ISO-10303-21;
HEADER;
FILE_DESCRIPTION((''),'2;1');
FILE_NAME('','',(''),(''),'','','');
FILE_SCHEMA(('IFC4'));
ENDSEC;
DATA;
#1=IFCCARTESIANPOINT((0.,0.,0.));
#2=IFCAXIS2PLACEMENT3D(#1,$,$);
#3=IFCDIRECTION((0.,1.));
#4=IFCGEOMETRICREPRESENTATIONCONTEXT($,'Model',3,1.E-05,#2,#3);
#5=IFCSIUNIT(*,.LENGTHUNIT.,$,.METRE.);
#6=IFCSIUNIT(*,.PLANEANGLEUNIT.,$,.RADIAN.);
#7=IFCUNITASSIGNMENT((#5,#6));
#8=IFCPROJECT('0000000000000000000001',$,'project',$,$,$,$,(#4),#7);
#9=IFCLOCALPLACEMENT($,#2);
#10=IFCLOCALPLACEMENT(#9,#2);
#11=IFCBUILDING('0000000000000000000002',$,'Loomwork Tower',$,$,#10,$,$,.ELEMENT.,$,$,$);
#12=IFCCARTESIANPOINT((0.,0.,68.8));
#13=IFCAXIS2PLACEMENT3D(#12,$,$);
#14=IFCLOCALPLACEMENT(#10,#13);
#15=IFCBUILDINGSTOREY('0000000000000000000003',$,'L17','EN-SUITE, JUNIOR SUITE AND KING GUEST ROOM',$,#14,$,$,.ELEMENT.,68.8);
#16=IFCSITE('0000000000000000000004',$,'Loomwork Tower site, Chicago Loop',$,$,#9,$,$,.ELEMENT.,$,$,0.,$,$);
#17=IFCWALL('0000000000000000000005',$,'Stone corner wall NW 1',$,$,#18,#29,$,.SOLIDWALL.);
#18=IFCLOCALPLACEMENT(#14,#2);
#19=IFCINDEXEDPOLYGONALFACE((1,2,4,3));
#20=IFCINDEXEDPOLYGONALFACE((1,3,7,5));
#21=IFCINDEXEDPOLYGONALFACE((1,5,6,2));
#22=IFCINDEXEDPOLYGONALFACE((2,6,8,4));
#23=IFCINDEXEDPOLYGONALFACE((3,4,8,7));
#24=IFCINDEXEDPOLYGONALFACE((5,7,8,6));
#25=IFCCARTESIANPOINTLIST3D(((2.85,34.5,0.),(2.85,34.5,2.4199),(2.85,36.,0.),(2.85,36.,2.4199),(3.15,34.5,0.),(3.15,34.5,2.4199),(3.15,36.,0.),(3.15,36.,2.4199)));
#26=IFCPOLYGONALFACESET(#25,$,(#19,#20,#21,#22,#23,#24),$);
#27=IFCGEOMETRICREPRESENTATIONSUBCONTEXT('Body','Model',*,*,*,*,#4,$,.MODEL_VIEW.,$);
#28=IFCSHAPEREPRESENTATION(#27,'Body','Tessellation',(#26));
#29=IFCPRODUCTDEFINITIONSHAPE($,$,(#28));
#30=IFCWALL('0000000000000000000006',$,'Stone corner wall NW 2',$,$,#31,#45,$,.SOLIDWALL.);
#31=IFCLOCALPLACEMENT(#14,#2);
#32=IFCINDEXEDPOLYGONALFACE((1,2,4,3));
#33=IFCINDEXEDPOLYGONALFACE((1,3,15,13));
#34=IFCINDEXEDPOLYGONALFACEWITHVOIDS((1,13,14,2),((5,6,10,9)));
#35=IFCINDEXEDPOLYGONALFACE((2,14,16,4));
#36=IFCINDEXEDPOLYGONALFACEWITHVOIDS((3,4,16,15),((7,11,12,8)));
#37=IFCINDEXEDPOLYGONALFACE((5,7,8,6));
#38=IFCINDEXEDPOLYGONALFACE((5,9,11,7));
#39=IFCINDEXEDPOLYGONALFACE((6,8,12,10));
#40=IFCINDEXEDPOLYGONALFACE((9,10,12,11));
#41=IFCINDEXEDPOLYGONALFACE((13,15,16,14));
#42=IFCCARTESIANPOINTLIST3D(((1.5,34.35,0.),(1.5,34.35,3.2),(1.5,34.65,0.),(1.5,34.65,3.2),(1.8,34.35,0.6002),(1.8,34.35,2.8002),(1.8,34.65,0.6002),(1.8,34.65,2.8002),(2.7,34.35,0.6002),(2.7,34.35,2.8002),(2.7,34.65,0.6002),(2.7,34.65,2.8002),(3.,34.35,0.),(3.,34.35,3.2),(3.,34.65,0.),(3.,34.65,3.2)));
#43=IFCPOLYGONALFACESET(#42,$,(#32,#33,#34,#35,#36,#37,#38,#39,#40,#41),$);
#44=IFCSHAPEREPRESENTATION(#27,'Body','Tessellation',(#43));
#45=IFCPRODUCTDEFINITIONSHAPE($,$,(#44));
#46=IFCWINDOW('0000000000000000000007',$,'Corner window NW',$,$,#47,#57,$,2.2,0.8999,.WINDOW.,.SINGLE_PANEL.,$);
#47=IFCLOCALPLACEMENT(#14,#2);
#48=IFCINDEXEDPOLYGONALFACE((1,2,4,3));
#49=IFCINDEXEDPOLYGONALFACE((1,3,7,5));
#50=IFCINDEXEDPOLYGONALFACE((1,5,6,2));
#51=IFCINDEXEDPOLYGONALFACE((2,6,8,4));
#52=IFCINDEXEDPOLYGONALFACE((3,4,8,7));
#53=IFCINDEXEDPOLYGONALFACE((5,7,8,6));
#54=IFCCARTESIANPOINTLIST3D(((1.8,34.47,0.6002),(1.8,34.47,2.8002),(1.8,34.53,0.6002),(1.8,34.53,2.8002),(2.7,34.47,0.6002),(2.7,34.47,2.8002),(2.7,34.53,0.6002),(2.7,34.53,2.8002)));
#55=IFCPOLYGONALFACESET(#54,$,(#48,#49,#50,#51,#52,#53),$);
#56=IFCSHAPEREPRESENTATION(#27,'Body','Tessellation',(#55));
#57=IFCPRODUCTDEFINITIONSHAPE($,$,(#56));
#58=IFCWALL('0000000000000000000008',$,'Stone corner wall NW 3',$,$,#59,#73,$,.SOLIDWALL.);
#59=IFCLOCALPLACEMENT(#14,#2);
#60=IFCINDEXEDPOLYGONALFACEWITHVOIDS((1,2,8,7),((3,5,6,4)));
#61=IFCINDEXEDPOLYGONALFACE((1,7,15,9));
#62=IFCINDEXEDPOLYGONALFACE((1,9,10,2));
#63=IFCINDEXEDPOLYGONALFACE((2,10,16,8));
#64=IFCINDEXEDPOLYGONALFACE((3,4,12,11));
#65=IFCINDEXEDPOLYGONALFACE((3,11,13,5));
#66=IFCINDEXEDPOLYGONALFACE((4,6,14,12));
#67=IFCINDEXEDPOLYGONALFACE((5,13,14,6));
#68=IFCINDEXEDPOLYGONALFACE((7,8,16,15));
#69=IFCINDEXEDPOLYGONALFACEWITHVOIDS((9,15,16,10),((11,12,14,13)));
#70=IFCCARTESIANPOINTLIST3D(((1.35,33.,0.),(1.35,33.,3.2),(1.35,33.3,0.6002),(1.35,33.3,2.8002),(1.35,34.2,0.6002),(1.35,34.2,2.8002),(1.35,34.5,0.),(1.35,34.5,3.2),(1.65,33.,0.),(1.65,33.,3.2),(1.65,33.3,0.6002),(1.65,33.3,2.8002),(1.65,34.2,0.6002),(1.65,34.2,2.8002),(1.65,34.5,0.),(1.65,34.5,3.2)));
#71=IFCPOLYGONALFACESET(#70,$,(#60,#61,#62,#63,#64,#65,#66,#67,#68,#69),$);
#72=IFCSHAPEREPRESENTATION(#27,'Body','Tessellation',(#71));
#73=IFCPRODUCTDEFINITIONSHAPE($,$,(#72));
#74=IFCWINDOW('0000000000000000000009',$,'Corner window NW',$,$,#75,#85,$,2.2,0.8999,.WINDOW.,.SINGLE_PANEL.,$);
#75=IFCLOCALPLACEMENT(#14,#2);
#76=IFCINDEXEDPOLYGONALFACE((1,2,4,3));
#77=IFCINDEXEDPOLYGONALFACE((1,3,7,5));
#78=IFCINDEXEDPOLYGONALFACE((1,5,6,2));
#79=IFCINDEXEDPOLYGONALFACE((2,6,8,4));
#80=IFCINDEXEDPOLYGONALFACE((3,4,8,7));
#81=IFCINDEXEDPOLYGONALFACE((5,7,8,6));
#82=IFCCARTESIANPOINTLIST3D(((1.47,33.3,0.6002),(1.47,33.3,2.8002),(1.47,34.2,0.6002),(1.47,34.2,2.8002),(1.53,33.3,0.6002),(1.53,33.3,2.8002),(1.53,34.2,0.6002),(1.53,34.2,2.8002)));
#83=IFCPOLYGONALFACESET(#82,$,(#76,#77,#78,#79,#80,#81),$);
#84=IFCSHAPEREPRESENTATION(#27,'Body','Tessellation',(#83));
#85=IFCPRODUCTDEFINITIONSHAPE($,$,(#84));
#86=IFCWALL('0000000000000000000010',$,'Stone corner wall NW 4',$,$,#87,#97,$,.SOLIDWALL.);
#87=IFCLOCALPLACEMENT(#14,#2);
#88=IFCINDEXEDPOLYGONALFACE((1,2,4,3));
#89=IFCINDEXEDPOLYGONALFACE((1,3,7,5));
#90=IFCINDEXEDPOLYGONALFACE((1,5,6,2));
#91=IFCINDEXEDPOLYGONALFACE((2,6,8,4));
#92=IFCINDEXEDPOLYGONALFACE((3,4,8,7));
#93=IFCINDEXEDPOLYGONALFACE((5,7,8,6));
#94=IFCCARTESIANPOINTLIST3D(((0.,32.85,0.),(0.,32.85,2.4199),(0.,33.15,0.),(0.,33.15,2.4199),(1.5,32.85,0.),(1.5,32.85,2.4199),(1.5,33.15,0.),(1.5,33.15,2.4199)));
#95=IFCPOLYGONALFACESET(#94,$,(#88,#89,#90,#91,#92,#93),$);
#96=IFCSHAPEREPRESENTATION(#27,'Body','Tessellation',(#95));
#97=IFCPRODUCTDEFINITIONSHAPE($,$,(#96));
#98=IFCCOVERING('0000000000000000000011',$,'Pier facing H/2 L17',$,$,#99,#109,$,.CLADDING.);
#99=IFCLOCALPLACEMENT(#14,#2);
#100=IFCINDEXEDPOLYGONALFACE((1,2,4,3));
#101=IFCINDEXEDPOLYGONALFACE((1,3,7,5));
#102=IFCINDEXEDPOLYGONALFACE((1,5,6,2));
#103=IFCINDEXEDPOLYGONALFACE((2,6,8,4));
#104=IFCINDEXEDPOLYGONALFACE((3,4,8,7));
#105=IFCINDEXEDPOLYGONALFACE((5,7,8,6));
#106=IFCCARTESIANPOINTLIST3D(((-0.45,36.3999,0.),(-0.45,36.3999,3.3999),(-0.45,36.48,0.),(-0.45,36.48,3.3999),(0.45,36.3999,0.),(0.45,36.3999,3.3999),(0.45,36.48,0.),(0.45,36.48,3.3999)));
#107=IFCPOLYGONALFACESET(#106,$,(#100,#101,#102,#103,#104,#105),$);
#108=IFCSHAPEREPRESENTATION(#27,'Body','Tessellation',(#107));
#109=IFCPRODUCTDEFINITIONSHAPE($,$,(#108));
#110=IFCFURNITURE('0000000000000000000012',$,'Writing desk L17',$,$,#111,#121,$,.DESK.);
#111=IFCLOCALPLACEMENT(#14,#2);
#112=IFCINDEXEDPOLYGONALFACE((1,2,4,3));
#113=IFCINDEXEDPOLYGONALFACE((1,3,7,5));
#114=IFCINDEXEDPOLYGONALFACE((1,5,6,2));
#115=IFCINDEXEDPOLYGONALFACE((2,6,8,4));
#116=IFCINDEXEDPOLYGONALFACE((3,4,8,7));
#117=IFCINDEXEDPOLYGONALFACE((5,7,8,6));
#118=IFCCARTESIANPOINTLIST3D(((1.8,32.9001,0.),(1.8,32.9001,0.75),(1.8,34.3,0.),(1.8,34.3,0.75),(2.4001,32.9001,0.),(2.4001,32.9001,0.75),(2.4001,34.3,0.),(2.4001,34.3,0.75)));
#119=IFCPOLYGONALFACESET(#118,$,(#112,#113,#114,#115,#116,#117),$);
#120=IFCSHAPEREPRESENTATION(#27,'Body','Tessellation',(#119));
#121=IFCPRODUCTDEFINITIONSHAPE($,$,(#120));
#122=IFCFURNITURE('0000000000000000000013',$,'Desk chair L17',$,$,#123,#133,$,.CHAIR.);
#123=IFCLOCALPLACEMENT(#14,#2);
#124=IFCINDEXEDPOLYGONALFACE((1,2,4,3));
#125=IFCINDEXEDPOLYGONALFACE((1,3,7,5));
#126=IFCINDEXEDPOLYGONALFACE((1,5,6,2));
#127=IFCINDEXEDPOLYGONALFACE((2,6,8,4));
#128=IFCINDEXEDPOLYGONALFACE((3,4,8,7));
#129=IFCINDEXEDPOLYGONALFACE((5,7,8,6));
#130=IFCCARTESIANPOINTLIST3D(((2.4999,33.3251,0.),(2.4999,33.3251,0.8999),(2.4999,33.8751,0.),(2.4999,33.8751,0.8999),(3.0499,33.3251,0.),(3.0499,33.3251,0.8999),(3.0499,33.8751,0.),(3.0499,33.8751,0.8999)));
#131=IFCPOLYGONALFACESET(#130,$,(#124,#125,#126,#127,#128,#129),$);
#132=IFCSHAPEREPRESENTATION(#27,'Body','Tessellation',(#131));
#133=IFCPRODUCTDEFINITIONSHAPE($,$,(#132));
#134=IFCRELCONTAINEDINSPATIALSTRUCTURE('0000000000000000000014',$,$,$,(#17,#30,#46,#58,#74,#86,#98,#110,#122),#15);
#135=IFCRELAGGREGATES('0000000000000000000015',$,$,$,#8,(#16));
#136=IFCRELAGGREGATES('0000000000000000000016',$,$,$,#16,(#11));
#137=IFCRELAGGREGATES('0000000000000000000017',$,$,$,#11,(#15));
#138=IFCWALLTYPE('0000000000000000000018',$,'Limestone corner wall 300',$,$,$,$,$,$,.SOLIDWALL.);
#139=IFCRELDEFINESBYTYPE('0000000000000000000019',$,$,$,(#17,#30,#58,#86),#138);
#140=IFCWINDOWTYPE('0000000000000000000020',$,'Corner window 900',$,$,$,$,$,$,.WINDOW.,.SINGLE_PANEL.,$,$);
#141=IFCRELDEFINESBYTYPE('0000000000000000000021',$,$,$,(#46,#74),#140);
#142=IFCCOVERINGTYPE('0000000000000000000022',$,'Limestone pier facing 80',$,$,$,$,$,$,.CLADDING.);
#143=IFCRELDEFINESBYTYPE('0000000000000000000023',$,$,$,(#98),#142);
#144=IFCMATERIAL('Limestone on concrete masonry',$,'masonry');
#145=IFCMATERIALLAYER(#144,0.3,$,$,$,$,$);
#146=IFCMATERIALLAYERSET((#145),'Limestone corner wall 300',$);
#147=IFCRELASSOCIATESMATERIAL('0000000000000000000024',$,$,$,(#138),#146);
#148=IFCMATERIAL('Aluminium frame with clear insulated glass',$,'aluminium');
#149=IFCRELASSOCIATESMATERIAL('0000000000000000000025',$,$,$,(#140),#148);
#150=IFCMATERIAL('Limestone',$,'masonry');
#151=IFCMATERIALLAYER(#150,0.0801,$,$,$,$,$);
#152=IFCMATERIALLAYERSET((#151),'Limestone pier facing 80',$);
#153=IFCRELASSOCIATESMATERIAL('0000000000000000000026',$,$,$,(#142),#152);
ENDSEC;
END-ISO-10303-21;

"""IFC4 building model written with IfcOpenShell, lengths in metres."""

from ifc_helpers import new_model, si_unit, direction, frame, frame_2d, origin, origin_2d, place, context, subcontext, project, spatial, rectangle, extrude, material, layer, layer_set, type_object, element, fill, save


model = new_model("IFC4")

# Units and contexts
model_context = context("Model", 3, precision=1e-05, world=origin(), true_north=direction((0.0, 1.0)))
body_context = subcontext(model_context, "Body", "Model", "MODEL_VIEW")
ifc_project = project(units=[si_unit("LENGTHUNIT", "METRE"), si_unit("PLANEANGLEUNIT", "RADIAN")], contexts=[model_context])

# Site, building, storey
site_placement = place(None, origin())
site = spatial("IfcSite", under=ifc_project, at=site_placement, Name="Loomwork Tower site, Chicago Loop", CompositionType="ELEMENT", RefElevation=0.0)
building_placement = place(site_placement, origin())
building = spatial("IfcBuilding", under=site, at=building_placement, Name="Loomwork Tower", CompositionType="ELEMENT")
storey_placement = place(building_placement, frame((0.0, 0.0, 68.8)))
storey = spatial("IfcBuildingStorey", under=building, at=storey_placement, Name="L17", Description="EN-SUITE, JUNIOR SUITE AND KING GUEST ROOM", CompositionType="ELEMENT", Elevation=68.8)

# Wall
ifc_material_1 = material(Name="Limestone on concrete masonry", Category="masonry")
ifc_layer_1 = layer(ifc_material_1, 0.3)
ifc_layer_set_1 = layer_set([ifc_layer_1], Name="Limestone corner wall 300")
wall_type_1 = type_object("IfcWallType", Name="Limestone corner wall 300", PredefinedType="SOLIDWALL", material=ifc_layer_set_1)
wall_1_placement = place(storey_placement, frame((3.0, 36.0, 0.0), z_axis=(0.0, 0.0, 1.0), x_axis=(0.0, -1.0, 0.0)))
element("IfcWall", 1, at=wall_1_placement, inside=storey, type_object=wall_type_1, Name="Stone corner wall NW 1", PredefinedType="SOLIDWALL", context=body_context, shape_type="SweptSolid", body=[
    extrude(rectangle(XDim=1.5, YDim=0.3, at=frame_2d((0.75, 0.0))), origin(), (0.0, 0.0, 1.0), 2.4199),
])

# Walls, openings, windows
wall_2_placement = place(storey_placement, frame((3.0, 34.5, 0.0), z_axis=(0.0, 0.0, 1.0), x_axis=(-1.0, 0.0, 0.0)))
wall_2 = element("IfcWall", 2, at=wall_2_placement, inside=storey, type_object=wall_type_1, Name="Stone corner wall NW 2", PredefinedType="SOLIDWALL", context=body_context, shape_type="SweptSolid", body=[
    extrude(rectangle(XDim=1.5, YDim=0.3, at=frame_2d((0.75, 0.0))), origin(), (0.0, 0.0, 1.0), 3.2),
])
opening_1_placement = place(wall_2_placement, frame((0.3, 0.0, 0.6001)))
opening_1 = element("IfcOpeningElement", 3, at=opening_1_placement, cuts=wall_2, PredefinedType="OPENING", context=body_context, shape_type="SweptSolid", body=[
    extrude(rectangle(XDim=0.8999, YDim=2.2, at=frame_2d((0.45, 1.1001))), frame((0.0, 0.1599, 0.0), z_axis=(0.0, -1.0, 0.0), x_axis=(1.0, 0.0, 0.0)), (0.0, 0.0, 1.0), 0.3201),
])
ifc_material_2 = material(Name="Aluminium frame with clear insulated glass", Category="aluminium")
window_type_1 = type_object("IfcWindowType", Name="Corner window 900", PartitioningType="SINGLE_PANEL", PredefinedType="WINDOW", material=ifc_material_2)
window_1_placement = place(opening_1_placement, origin())
window_1 = element("IfcWindow", 4, at=window_1_placement, inside=storey, type_object=window_type_1, Name="Corner window NW", OverallHeight=2.2, OverallWidth=0.8999, PartitioningType="SINGLE_PANEL", PredefinedType="WINDOW", context=body_context, shape_type="SweptSolid", body=[
    extrude(rectangle(XDim=0.8999, YDim=2.2, at=frame_2d((0.45, 1.1001))), frame((0.0, 0.03, 0.0), z_axis=(0.0, -1.0, 0.0), x_axis=(1.0, 0.0, 0.0)), (0.0, 0.0, 1.0), 0.0601),
])
fill(opening_1, window_1)
wall_3_placement = place(storey_placement, frame((1.5, 34.5, 0.0), z_axis=(0.0, 0.0, 1.0), x_axis=(0.0, -1.0, 0.0)))
wall_3 = element("IfcWall", 5, at=wall_3_placement, inside=storey, type_object=wall_type_1, Name="Stone corner wall NW 3", PredefinedType="SOLIDWALL", context=body_context, shape_type="SweptSolid", body=[
    extrude(rectangle(XDim=1.5, YDim=0.3, at=frame_2d((0.75, 0.0))), origin(), (0.0, 0.0, 1.0), 3.2),
])
opening_2_placement = place(wall_3_placement, frame((0.3, 0.0, 0.6001)))
opening_2 = element("IfcOpeningElement", 6, at=opening_2_placement, cuts=wall_3, PredefinedType="OPENING", context=body_context, shape_type="SweptSolid", body=[
    extrude(rectangle(XDim=0.8999, YDim=2.2, at=frame_2d((0.45, 1.1001))), frame((0.0, 0.1599, 0.0), z_axis=(0.0, -1.0, 0.0), x_axis=(1.0, 0.0, 0.0)), (0.0, 0.0, 1.0), 0.3201),
])
window_2_placement = place(opening_2_placement, origin())
window_2 = element("IfcWindow", 7, at=window_2_placement, inside=storey, type_object=window_type_1, Name="Corner window NW", OverallHeight=2.2, OverallWidth=0.8999, PartitioningType="SINGLE_PANEL", PredefinedType="WINDOW", context=body_context, shape_type="SweptSolid", body=[
    extrude(rectangle(XDim=0.8999, YDim=2.2, at=frame_2d((0.45, 1.1001))), frame((0.0, 0.03, 0.0), z_axis=(0.0, -1.0, 0.0), x_axis=(1.0, 0.0, 0.0)), (0.0, 0.0, 1.0), 0.0601),
])
fill(opening_2, window_2)

# Wall
wall_4_placement = place(storey_placement, frame((1.5, 33.0, 0.0), z_axis=(0.0, 0.0, 1.0), x_axis=(-1.0, 0.0, 0.0)))
element("IfcWall", 8, at=wall_4_placement, inside=storey, type_object=wall_type_1, Name="Stone corner wall NW 4", PredefinedType="SOLIDWALL", context=body_context, shape_type="SweptSolid", body=[
    extrude(rectangle(XDim=1.5, YDim=0.3, at=frame_2d((0.75, 0.0))), origin(), (0.0, 0.0, 1.0), 2.4199),
])

# Covering
ifc_material_3 = material(Name="Limestone", Category="masonry")
ifc_layer_2 = layer(ifc_material_3, 0.0801)
ifc_layer_set_2 = layer_set([ifc_layer_2], Name="Limestone pier facing 80")
covering_type = type_object("IfcCoveringType", Name="Limestone pier facing 80", PredefinedType="CLADDING", material=ifc_layer_set_2)
covering_placement = place(storey_placement, frame((0.0, 36.4399, 0.0), z_axis=(0.0, 0.0, 1.0), x_axis=(1.0, 0.0, 0.0)))
element("IfcCovering", 9, at=covering_placement, inside=storey, type_object=covering_type, Name="Pier facing H/2 L17", PredefinedType="CLADDING", context=body_context, shape_type="SweptSolid", body=[
    extrude(rectangle(XDim=0.8999, YDim=0.0801, at=origin_2d()), origin(), (0.0, 0.0, 1.0), 3.3999),
])

# Furniture
furniture_1_placement = place(storey_placement, frame((2.1001, 33.6001, 0.0), z_axis=(0.0, 0.0, 1.0), x_axis=(1.0, 0.0, 0.0)))
element("IfcFurniture", 10, at=furniture_1_placement, inside=storey, Name="Writing desk L17", PredefinedType="DESK", context=body_context, shape_type="SweptSolid", body=[
    extrude(rectangle(XDim=0.6001, YDim=1.3999, at=origin_2d()), origin(), (0.0, 0.0, 1.0), 0.75),
])
furniture_2_placement = place(storey_placement, frame((2.7749, 33.6001, 0.0), z_axis=(0.0, 0.0, 1.0), x_axis=(1.0, 0.0, 0.0)))
element("IfcFurniture", 11, at=furniture_2_placement, inside=storey, Name="Desk chair L17", PredefinedType="CHAIR", context=body_context, shape_type="SweptSolid", body=[
    extrude(rectangle(XDim=0.55, YDim=0.55, at=origin_2d()), origin(), (0.0, 0.0, 1.0), 0.8999),
])

save(model, "model.ifc")
